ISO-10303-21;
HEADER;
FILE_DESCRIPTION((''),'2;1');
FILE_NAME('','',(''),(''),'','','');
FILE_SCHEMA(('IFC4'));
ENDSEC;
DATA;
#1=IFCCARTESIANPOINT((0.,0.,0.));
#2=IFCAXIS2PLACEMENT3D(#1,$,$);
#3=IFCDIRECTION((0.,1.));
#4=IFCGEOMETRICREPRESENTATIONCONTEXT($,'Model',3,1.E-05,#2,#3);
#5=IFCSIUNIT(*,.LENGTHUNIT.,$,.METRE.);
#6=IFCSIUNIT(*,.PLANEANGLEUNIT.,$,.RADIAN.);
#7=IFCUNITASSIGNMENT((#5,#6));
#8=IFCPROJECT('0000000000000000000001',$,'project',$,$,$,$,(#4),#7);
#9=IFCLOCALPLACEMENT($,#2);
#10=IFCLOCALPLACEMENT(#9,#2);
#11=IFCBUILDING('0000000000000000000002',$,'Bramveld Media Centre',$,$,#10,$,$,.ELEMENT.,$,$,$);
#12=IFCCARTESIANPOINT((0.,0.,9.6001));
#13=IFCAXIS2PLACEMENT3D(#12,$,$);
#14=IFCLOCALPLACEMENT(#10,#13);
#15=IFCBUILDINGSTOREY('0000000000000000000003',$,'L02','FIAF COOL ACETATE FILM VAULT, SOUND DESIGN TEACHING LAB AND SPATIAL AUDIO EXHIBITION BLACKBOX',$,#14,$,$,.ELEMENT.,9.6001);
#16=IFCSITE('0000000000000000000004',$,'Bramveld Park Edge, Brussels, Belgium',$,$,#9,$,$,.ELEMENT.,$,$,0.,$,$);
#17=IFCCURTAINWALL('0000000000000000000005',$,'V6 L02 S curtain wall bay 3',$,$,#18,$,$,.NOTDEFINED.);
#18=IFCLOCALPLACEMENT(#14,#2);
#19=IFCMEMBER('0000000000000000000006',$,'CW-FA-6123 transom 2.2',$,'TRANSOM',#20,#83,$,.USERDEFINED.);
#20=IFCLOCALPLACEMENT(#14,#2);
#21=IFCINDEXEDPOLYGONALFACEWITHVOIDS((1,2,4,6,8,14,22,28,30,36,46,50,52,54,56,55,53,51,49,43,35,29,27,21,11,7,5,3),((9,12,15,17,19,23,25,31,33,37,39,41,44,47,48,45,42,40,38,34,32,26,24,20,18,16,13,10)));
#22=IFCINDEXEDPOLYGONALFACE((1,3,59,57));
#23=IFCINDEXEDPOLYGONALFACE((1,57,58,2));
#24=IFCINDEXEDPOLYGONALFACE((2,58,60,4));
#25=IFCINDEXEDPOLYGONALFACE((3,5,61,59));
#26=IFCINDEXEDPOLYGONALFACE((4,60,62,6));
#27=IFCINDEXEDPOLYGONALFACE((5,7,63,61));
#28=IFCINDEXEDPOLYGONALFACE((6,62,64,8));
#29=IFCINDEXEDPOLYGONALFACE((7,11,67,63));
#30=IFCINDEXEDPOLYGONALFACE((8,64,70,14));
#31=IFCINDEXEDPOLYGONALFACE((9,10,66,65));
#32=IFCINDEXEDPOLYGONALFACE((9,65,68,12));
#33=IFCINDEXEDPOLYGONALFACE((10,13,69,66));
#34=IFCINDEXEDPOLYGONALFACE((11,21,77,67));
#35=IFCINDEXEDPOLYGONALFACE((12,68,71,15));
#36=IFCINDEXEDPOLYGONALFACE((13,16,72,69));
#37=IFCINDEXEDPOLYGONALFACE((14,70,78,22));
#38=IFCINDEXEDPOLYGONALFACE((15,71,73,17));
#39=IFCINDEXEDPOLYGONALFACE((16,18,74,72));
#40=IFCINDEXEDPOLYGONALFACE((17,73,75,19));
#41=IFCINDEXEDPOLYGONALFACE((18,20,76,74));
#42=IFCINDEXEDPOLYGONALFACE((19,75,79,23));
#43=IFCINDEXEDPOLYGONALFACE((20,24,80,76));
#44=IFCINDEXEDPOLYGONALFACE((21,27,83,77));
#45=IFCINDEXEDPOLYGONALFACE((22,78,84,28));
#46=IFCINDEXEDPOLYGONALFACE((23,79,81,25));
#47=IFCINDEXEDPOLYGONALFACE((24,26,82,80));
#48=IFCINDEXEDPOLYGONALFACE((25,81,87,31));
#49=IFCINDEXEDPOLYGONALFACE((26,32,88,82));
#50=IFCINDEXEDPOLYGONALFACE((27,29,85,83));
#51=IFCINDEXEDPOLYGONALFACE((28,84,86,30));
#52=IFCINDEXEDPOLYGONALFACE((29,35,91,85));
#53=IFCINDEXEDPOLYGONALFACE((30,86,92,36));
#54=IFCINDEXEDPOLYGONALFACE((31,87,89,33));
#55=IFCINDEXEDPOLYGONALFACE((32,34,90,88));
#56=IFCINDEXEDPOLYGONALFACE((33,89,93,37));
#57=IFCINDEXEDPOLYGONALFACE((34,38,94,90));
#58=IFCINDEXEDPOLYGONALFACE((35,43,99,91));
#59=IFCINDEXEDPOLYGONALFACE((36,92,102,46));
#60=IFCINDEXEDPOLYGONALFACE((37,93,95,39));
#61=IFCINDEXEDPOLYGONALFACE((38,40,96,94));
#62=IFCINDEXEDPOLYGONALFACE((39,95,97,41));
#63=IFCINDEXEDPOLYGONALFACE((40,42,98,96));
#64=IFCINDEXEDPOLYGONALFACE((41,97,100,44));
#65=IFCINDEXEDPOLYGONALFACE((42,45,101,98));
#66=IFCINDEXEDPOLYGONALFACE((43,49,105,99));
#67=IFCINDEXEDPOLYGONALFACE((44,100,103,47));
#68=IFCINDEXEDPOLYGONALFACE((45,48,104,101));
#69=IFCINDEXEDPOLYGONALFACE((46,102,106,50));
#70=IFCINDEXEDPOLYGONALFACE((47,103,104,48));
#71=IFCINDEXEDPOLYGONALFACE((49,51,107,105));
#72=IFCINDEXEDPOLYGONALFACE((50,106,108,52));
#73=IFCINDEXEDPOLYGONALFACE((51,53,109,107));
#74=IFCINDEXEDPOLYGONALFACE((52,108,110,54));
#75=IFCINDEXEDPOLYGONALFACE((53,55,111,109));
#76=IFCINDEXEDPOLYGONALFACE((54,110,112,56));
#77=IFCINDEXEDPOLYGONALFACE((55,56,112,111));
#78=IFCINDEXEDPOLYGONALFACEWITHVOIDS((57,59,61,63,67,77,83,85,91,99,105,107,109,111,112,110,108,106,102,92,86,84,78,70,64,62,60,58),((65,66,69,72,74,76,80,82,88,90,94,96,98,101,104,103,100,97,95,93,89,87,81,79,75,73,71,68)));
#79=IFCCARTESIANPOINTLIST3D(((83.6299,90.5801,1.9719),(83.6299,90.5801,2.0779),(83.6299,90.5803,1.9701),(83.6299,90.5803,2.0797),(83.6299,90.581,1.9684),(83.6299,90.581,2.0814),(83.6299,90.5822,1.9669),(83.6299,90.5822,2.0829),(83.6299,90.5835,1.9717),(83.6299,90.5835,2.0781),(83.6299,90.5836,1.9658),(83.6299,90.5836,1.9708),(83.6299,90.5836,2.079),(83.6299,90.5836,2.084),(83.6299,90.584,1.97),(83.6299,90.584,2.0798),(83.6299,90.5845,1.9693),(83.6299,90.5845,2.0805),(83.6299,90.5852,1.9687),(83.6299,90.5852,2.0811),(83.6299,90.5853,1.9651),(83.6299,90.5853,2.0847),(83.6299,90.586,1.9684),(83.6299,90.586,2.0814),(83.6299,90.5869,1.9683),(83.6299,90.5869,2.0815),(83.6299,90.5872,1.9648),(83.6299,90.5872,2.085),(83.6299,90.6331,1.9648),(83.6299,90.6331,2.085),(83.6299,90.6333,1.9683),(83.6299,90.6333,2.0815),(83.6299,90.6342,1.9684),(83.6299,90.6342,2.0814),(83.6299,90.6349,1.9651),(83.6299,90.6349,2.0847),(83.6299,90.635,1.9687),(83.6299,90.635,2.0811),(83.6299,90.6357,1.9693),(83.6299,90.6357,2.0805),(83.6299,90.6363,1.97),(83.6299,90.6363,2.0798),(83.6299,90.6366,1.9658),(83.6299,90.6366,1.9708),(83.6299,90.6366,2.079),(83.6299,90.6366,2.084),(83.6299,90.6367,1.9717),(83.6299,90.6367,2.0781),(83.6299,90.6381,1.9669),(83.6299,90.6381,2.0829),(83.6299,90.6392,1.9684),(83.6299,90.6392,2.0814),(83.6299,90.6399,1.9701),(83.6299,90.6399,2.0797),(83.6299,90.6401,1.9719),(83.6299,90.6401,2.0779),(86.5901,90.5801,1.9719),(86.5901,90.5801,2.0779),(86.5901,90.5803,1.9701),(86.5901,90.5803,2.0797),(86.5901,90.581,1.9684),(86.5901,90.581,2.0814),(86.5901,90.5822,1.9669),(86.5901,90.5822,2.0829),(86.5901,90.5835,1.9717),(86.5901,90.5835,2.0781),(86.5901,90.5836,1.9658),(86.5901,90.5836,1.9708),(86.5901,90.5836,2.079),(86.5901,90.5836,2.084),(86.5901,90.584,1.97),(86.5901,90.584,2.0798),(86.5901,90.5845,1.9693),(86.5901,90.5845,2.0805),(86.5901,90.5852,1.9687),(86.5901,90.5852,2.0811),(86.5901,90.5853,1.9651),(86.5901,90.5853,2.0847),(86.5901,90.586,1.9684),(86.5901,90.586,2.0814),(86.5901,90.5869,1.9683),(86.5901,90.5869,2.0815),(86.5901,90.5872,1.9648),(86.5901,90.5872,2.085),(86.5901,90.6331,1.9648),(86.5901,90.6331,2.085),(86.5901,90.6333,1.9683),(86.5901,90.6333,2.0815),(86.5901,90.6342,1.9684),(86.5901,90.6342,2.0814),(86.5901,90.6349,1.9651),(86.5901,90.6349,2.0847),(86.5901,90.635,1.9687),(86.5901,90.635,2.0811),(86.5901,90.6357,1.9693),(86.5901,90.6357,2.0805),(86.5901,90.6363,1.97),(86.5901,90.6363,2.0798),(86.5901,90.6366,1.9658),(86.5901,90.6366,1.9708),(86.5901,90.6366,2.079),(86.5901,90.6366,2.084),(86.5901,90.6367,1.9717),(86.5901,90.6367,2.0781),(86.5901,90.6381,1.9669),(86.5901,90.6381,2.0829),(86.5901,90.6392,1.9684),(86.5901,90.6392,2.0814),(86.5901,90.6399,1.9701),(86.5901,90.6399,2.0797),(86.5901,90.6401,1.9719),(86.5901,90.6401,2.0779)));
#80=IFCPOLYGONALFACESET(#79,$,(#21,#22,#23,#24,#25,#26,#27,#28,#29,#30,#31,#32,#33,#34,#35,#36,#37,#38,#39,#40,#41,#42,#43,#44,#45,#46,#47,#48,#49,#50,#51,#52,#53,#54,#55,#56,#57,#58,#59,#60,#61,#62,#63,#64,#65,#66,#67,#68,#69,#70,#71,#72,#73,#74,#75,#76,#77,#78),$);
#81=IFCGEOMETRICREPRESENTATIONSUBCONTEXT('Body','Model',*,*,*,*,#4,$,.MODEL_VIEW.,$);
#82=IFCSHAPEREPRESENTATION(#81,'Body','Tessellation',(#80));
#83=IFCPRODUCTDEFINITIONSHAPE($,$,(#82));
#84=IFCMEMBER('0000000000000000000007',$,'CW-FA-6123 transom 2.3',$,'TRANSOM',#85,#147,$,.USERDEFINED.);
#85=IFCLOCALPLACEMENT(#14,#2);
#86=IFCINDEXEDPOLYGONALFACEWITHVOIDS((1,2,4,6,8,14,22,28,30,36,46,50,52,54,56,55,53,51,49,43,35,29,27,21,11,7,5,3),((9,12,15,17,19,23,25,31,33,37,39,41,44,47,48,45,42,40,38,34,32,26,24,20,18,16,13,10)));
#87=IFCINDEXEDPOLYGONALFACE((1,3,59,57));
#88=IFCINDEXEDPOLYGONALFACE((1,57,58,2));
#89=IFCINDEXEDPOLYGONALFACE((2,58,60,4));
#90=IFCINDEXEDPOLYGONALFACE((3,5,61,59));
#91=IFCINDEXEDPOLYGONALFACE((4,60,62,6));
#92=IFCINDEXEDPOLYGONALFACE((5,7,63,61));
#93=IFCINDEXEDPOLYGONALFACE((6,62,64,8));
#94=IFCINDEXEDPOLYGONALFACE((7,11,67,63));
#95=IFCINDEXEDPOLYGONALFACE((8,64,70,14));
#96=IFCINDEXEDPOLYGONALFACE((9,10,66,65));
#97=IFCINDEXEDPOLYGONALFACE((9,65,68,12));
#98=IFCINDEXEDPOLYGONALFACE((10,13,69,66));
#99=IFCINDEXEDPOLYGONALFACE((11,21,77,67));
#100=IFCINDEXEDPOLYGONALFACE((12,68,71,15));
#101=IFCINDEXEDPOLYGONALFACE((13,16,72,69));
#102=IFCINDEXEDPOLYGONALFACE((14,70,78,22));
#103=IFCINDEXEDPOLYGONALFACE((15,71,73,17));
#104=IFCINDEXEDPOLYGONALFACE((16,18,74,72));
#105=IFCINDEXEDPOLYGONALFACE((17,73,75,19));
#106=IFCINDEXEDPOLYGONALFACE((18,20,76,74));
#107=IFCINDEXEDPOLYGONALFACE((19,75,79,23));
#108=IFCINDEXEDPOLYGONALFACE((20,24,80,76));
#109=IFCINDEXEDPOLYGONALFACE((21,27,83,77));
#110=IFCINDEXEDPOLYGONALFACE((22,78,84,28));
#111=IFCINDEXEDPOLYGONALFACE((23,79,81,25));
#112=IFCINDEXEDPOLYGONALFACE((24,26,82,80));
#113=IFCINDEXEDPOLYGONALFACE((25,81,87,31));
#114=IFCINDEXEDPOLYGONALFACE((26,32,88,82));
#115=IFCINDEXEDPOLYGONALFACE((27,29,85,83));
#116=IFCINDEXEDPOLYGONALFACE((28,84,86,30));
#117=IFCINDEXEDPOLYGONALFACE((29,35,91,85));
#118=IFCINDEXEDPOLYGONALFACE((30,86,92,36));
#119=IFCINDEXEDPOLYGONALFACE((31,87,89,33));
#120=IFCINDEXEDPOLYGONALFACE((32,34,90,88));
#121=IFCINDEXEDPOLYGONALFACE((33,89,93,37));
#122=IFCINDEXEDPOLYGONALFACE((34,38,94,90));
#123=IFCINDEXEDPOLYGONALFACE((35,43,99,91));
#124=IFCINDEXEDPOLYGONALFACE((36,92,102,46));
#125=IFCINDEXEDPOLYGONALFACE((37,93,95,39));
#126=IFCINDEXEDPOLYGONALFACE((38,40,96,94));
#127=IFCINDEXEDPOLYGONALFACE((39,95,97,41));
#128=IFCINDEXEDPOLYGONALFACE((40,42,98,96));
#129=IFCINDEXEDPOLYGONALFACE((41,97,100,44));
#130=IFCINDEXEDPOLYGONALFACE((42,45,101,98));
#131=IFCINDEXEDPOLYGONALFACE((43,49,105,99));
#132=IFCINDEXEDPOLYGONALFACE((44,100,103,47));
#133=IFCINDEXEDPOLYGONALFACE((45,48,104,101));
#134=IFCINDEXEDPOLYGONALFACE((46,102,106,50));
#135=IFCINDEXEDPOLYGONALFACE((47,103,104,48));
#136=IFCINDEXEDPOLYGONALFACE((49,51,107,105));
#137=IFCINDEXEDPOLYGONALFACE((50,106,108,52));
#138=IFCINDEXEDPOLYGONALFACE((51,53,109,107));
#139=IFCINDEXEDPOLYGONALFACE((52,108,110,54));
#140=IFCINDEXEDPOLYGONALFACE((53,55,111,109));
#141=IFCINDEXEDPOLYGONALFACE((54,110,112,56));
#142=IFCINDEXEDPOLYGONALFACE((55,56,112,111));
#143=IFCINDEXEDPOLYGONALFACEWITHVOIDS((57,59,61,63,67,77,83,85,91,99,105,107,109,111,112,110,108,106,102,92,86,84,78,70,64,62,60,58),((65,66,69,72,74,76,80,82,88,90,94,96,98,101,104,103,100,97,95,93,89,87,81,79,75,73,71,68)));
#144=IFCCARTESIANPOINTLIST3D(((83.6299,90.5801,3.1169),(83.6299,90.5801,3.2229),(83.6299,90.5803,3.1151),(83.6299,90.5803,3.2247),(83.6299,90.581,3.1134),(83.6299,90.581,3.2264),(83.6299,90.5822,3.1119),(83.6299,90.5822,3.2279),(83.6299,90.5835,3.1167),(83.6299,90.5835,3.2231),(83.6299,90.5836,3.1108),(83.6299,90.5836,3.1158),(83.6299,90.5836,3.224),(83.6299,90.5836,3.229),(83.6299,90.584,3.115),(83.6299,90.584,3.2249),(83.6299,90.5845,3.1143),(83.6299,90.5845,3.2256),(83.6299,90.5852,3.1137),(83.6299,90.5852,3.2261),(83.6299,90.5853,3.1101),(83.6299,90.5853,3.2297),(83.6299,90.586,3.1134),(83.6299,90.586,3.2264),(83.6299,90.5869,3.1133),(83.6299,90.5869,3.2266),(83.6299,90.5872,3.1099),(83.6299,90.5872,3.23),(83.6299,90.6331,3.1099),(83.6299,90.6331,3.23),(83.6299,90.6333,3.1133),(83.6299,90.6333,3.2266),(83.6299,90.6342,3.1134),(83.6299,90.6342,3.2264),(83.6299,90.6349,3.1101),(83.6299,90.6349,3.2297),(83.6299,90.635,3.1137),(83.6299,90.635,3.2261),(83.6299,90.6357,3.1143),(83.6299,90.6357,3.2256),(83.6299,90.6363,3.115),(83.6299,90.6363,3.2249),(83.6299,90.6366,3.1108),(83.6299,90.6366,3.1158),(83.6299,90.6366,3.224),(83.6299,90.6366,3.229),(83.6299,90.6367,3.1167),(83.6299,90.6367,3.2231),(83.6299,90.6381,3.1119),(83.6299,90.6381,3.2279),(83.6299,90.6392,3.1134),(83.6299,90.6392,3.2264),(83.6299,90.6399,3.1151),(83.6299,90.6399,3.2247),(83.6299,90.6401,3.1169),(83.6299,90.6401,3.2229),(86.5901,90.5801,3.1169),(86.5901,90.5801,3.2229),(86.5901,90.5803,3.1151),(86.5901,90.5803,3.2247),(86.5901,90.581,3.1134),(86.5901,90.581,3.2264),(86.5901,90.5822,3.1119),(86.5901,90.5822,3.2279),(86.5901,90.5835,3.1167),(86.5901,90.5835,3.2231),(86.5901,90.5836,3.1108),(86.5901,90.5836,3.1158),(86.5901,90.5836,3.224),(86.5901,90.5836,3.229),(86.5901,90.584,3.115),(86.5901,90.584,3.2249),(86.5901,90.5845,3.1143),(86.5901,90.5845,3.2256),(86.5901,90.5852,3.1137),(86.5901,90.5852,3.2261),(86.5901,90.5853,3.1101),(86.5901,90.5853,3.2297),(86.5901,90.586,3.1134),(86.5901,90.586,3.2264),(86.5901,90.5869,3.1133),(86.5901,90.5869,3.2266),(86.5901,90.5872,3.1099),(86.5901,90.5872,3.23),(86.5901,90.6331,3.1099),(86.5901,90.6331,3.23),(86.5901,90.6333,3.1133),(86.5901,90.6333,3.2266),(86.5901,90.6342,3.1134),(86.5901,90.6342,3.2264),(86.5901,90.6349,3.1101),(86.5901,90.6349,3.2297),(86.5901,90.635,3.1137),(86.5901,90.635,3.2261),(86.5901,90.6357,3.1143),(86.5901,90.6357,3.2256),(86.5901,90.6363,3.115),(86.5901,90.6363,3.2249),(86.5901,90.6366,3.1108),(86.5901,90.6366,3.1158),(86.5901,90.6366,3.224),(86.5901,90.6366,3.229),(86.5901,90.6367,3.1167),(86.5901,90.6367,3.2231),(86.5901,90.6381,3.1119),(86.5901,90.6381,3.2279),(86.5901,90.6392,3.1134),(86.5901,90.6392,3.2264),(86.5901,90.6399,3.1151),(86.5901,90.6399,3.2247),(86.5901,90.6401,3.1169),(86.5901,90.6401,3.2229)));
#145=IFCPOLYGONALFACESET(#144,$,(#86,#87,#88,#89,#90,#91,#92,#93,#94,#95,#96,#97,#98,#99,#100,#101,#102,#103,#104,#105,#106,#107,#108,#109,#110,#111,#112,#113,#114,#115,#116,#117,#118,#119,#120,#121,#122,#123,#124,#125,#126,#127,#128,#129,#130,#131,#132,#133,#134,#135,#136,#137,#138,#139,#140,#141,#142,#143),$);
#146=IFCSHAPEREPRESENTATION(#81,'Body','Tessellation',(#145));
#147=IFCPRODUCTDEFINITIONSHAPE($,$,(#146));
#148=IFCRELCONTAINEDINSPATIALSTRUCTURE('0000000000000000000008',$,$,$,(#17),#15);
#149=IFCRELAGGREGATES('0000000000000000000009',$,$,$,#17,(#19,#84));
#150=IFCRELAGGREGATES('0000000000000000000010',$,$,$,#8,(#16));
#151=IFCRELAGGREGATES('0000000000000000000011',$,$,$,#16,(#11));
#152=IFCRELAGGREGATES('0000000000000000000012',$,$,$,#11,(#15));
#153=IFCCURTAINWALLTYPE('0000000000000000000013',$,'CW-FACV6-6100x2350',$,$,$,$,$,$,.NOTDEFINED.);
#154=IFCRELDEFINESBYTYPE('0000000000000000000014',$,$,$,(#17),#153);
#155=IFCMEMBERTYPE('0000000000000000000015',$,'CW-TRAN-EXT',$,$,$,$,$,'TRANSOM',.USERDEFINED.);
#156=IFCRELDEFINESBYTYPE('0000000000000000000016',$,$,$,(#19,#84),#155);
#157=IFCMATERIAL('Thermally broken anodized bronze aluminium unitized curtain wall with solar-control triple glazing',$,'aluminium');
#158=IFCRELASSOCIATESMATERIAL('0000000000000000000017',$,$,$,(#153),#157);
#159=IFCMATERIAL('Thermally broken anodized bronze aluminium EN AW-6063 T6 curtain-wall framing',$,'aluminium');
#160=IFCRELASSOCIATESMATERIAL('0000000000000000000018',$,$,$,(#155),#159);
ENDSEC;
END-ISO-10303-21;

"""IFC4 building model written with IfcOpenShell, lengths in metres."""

from ifc_helpers import new_model, si_unit, direction, frame, origin, origin_2d, place, context, subcontext, project, spatial, hollow_rectangle, extrude, material, material_profile, profile_set, type_object, element, aggregate, save


model = new_model("IFC4")

# Units and contexts
model_context = context("Model", 3, precision=1e-05, world=origin(), true_north=direction((0.0, 1.0)))
body_context = subcontext(model_context, "Body", "Model", "MODEL_VIEW")
ifc_project = project(units=[si_unit("LENGTHUNIT", "METRE"), si_unit("PLANEANGLEUNIT", "RADIAN")], contexts=[model_context])

# Site, building, storey
site_placement = place(None, origin())
site = spatial("IfcSite", under=ifc_project, at=site_placement, Name="Bramveld Park Edge, Brussels, Belgium", CompositionType="ELEMENT", RefElevation=0.0)
building_placement = place(site_placement, origin())
building = spatial("IfcBuilding", under=site, at=building_placement, Name="Bramveld Media Centre", CompositionType="ELEMENT")
storey_placement = place(building_placement, frame((0.0, 0.0, 9.6001)))
storey = spatial("IfcBuildingStorey", under=building, at=storey_placement, Name="L02", Description="FIAF COOL ACETATE FILM VAULT, SOUND DESIGN TEACHING LAB AND SPATIAL AUDIO EXHIBITION BLACKBOX", CompositionType="ELEMENT", Elevation=9.6001)

# Curtain wall
ifc_material_1 = material(Name="Thermally broken anodized bronze aluminium unitized curtain wall with solar-control triple glazing", Category="aluminium")
curtain_wall_type = type_object("IfcCurtainWallType", Name="CW-FACV6-6100x2350", PredefinedType="NOTDEFINED", material=ifc_material_1)
curtain_wall_1_placement = place(storey_placement, origin())
curtain_wall_1 = element("IfcCurtainWall", 1, at=curtain_wall_1_placement, inside=storey, type_object=curtain_wall_type, Name="V6 L02 S curtain wall bay 3", PredefinedType="NOTDEFINED")

# Members
ifc_material_2 = material(Name="Thermally broken anodized bronze aluminium EN AW-6063 T6 curtain-wall framing", Category="aluminium")
ifc_material_profile_1 = material_profile(ifc_material_2, hollow_rectangle(XDim=0.0601, YDim=0.1201, WallThickness=0.0034, InnerFilletRadius=0.0034, OuterFilletRadius=0.0071, at=origin_2d()), Name="AL-TRAN 60x120")
ifc_profile_set_1 = profile_set([ifc_material_profile_1], Name="Thermally broken anodized bronze aluminium EN AW-6063 T6 curtain-wall framing")
member_type_1 = type_object("IfcMemberType", Name="CW-TRAN-EXT", ElementType="TRANSOM", PredefinedType="USERDEFINED", material=ifc_profile_set_1)
member_1_placement = place(storey_placement, frame((83.6299, 90.6101, 2.0249), z_axis=(1.0, 0.0, 0.0), x_axis=(0.0, 1.0, 0.0)))
member_1 = element("IfcMember", 2, at=member_1_placement, type_object=member_type_1, Name="CW-FA-6123 transom 2.2", ObjectType="TRANSOM", PredefinedType="USERDEFINED", context=body_context, shape_type="SweptSolid", body=[
    extrude(hollow_rectangle(XDim=0.0601, YDim=0.1201, WallThickness=0.0034, InnerFilletRadius=0.0034, OuterFilletRadius=0.0071, at=origin_2d()), origin(), (0.0, 0.0, 1.0), 2.9602),
])
member_2_placement = place(storey_placement, frame((83.6299, 90.6101, 3.1699), z_axis=(1.0, 0.0, 0.0), x_axis=(0.0, 1.0, 0.0)))
member_2 = element("IfcMember", 3, at=member_2_placement, type_object=member_type_1, Name="CW-FA-6123 transom 2.3", ObjectType="TRANSOM", PredefinedType="USERDEFINED", context=body_context, shape_type="SweptSolid", body=[
    extrude(hollow_rectangle(XDim=0.0601, YDim=0.1201, WallThickness=0.0034, InnerFilletRadius=0.0034, OuterFilletRadius=0.0071, at=origin_2d()), origin(), (0.0, 0.0, 1.0), 2.9602),
])

aggregate(curtain_wall_1, [member_1, member_2])

save(model, "model.ifc")
